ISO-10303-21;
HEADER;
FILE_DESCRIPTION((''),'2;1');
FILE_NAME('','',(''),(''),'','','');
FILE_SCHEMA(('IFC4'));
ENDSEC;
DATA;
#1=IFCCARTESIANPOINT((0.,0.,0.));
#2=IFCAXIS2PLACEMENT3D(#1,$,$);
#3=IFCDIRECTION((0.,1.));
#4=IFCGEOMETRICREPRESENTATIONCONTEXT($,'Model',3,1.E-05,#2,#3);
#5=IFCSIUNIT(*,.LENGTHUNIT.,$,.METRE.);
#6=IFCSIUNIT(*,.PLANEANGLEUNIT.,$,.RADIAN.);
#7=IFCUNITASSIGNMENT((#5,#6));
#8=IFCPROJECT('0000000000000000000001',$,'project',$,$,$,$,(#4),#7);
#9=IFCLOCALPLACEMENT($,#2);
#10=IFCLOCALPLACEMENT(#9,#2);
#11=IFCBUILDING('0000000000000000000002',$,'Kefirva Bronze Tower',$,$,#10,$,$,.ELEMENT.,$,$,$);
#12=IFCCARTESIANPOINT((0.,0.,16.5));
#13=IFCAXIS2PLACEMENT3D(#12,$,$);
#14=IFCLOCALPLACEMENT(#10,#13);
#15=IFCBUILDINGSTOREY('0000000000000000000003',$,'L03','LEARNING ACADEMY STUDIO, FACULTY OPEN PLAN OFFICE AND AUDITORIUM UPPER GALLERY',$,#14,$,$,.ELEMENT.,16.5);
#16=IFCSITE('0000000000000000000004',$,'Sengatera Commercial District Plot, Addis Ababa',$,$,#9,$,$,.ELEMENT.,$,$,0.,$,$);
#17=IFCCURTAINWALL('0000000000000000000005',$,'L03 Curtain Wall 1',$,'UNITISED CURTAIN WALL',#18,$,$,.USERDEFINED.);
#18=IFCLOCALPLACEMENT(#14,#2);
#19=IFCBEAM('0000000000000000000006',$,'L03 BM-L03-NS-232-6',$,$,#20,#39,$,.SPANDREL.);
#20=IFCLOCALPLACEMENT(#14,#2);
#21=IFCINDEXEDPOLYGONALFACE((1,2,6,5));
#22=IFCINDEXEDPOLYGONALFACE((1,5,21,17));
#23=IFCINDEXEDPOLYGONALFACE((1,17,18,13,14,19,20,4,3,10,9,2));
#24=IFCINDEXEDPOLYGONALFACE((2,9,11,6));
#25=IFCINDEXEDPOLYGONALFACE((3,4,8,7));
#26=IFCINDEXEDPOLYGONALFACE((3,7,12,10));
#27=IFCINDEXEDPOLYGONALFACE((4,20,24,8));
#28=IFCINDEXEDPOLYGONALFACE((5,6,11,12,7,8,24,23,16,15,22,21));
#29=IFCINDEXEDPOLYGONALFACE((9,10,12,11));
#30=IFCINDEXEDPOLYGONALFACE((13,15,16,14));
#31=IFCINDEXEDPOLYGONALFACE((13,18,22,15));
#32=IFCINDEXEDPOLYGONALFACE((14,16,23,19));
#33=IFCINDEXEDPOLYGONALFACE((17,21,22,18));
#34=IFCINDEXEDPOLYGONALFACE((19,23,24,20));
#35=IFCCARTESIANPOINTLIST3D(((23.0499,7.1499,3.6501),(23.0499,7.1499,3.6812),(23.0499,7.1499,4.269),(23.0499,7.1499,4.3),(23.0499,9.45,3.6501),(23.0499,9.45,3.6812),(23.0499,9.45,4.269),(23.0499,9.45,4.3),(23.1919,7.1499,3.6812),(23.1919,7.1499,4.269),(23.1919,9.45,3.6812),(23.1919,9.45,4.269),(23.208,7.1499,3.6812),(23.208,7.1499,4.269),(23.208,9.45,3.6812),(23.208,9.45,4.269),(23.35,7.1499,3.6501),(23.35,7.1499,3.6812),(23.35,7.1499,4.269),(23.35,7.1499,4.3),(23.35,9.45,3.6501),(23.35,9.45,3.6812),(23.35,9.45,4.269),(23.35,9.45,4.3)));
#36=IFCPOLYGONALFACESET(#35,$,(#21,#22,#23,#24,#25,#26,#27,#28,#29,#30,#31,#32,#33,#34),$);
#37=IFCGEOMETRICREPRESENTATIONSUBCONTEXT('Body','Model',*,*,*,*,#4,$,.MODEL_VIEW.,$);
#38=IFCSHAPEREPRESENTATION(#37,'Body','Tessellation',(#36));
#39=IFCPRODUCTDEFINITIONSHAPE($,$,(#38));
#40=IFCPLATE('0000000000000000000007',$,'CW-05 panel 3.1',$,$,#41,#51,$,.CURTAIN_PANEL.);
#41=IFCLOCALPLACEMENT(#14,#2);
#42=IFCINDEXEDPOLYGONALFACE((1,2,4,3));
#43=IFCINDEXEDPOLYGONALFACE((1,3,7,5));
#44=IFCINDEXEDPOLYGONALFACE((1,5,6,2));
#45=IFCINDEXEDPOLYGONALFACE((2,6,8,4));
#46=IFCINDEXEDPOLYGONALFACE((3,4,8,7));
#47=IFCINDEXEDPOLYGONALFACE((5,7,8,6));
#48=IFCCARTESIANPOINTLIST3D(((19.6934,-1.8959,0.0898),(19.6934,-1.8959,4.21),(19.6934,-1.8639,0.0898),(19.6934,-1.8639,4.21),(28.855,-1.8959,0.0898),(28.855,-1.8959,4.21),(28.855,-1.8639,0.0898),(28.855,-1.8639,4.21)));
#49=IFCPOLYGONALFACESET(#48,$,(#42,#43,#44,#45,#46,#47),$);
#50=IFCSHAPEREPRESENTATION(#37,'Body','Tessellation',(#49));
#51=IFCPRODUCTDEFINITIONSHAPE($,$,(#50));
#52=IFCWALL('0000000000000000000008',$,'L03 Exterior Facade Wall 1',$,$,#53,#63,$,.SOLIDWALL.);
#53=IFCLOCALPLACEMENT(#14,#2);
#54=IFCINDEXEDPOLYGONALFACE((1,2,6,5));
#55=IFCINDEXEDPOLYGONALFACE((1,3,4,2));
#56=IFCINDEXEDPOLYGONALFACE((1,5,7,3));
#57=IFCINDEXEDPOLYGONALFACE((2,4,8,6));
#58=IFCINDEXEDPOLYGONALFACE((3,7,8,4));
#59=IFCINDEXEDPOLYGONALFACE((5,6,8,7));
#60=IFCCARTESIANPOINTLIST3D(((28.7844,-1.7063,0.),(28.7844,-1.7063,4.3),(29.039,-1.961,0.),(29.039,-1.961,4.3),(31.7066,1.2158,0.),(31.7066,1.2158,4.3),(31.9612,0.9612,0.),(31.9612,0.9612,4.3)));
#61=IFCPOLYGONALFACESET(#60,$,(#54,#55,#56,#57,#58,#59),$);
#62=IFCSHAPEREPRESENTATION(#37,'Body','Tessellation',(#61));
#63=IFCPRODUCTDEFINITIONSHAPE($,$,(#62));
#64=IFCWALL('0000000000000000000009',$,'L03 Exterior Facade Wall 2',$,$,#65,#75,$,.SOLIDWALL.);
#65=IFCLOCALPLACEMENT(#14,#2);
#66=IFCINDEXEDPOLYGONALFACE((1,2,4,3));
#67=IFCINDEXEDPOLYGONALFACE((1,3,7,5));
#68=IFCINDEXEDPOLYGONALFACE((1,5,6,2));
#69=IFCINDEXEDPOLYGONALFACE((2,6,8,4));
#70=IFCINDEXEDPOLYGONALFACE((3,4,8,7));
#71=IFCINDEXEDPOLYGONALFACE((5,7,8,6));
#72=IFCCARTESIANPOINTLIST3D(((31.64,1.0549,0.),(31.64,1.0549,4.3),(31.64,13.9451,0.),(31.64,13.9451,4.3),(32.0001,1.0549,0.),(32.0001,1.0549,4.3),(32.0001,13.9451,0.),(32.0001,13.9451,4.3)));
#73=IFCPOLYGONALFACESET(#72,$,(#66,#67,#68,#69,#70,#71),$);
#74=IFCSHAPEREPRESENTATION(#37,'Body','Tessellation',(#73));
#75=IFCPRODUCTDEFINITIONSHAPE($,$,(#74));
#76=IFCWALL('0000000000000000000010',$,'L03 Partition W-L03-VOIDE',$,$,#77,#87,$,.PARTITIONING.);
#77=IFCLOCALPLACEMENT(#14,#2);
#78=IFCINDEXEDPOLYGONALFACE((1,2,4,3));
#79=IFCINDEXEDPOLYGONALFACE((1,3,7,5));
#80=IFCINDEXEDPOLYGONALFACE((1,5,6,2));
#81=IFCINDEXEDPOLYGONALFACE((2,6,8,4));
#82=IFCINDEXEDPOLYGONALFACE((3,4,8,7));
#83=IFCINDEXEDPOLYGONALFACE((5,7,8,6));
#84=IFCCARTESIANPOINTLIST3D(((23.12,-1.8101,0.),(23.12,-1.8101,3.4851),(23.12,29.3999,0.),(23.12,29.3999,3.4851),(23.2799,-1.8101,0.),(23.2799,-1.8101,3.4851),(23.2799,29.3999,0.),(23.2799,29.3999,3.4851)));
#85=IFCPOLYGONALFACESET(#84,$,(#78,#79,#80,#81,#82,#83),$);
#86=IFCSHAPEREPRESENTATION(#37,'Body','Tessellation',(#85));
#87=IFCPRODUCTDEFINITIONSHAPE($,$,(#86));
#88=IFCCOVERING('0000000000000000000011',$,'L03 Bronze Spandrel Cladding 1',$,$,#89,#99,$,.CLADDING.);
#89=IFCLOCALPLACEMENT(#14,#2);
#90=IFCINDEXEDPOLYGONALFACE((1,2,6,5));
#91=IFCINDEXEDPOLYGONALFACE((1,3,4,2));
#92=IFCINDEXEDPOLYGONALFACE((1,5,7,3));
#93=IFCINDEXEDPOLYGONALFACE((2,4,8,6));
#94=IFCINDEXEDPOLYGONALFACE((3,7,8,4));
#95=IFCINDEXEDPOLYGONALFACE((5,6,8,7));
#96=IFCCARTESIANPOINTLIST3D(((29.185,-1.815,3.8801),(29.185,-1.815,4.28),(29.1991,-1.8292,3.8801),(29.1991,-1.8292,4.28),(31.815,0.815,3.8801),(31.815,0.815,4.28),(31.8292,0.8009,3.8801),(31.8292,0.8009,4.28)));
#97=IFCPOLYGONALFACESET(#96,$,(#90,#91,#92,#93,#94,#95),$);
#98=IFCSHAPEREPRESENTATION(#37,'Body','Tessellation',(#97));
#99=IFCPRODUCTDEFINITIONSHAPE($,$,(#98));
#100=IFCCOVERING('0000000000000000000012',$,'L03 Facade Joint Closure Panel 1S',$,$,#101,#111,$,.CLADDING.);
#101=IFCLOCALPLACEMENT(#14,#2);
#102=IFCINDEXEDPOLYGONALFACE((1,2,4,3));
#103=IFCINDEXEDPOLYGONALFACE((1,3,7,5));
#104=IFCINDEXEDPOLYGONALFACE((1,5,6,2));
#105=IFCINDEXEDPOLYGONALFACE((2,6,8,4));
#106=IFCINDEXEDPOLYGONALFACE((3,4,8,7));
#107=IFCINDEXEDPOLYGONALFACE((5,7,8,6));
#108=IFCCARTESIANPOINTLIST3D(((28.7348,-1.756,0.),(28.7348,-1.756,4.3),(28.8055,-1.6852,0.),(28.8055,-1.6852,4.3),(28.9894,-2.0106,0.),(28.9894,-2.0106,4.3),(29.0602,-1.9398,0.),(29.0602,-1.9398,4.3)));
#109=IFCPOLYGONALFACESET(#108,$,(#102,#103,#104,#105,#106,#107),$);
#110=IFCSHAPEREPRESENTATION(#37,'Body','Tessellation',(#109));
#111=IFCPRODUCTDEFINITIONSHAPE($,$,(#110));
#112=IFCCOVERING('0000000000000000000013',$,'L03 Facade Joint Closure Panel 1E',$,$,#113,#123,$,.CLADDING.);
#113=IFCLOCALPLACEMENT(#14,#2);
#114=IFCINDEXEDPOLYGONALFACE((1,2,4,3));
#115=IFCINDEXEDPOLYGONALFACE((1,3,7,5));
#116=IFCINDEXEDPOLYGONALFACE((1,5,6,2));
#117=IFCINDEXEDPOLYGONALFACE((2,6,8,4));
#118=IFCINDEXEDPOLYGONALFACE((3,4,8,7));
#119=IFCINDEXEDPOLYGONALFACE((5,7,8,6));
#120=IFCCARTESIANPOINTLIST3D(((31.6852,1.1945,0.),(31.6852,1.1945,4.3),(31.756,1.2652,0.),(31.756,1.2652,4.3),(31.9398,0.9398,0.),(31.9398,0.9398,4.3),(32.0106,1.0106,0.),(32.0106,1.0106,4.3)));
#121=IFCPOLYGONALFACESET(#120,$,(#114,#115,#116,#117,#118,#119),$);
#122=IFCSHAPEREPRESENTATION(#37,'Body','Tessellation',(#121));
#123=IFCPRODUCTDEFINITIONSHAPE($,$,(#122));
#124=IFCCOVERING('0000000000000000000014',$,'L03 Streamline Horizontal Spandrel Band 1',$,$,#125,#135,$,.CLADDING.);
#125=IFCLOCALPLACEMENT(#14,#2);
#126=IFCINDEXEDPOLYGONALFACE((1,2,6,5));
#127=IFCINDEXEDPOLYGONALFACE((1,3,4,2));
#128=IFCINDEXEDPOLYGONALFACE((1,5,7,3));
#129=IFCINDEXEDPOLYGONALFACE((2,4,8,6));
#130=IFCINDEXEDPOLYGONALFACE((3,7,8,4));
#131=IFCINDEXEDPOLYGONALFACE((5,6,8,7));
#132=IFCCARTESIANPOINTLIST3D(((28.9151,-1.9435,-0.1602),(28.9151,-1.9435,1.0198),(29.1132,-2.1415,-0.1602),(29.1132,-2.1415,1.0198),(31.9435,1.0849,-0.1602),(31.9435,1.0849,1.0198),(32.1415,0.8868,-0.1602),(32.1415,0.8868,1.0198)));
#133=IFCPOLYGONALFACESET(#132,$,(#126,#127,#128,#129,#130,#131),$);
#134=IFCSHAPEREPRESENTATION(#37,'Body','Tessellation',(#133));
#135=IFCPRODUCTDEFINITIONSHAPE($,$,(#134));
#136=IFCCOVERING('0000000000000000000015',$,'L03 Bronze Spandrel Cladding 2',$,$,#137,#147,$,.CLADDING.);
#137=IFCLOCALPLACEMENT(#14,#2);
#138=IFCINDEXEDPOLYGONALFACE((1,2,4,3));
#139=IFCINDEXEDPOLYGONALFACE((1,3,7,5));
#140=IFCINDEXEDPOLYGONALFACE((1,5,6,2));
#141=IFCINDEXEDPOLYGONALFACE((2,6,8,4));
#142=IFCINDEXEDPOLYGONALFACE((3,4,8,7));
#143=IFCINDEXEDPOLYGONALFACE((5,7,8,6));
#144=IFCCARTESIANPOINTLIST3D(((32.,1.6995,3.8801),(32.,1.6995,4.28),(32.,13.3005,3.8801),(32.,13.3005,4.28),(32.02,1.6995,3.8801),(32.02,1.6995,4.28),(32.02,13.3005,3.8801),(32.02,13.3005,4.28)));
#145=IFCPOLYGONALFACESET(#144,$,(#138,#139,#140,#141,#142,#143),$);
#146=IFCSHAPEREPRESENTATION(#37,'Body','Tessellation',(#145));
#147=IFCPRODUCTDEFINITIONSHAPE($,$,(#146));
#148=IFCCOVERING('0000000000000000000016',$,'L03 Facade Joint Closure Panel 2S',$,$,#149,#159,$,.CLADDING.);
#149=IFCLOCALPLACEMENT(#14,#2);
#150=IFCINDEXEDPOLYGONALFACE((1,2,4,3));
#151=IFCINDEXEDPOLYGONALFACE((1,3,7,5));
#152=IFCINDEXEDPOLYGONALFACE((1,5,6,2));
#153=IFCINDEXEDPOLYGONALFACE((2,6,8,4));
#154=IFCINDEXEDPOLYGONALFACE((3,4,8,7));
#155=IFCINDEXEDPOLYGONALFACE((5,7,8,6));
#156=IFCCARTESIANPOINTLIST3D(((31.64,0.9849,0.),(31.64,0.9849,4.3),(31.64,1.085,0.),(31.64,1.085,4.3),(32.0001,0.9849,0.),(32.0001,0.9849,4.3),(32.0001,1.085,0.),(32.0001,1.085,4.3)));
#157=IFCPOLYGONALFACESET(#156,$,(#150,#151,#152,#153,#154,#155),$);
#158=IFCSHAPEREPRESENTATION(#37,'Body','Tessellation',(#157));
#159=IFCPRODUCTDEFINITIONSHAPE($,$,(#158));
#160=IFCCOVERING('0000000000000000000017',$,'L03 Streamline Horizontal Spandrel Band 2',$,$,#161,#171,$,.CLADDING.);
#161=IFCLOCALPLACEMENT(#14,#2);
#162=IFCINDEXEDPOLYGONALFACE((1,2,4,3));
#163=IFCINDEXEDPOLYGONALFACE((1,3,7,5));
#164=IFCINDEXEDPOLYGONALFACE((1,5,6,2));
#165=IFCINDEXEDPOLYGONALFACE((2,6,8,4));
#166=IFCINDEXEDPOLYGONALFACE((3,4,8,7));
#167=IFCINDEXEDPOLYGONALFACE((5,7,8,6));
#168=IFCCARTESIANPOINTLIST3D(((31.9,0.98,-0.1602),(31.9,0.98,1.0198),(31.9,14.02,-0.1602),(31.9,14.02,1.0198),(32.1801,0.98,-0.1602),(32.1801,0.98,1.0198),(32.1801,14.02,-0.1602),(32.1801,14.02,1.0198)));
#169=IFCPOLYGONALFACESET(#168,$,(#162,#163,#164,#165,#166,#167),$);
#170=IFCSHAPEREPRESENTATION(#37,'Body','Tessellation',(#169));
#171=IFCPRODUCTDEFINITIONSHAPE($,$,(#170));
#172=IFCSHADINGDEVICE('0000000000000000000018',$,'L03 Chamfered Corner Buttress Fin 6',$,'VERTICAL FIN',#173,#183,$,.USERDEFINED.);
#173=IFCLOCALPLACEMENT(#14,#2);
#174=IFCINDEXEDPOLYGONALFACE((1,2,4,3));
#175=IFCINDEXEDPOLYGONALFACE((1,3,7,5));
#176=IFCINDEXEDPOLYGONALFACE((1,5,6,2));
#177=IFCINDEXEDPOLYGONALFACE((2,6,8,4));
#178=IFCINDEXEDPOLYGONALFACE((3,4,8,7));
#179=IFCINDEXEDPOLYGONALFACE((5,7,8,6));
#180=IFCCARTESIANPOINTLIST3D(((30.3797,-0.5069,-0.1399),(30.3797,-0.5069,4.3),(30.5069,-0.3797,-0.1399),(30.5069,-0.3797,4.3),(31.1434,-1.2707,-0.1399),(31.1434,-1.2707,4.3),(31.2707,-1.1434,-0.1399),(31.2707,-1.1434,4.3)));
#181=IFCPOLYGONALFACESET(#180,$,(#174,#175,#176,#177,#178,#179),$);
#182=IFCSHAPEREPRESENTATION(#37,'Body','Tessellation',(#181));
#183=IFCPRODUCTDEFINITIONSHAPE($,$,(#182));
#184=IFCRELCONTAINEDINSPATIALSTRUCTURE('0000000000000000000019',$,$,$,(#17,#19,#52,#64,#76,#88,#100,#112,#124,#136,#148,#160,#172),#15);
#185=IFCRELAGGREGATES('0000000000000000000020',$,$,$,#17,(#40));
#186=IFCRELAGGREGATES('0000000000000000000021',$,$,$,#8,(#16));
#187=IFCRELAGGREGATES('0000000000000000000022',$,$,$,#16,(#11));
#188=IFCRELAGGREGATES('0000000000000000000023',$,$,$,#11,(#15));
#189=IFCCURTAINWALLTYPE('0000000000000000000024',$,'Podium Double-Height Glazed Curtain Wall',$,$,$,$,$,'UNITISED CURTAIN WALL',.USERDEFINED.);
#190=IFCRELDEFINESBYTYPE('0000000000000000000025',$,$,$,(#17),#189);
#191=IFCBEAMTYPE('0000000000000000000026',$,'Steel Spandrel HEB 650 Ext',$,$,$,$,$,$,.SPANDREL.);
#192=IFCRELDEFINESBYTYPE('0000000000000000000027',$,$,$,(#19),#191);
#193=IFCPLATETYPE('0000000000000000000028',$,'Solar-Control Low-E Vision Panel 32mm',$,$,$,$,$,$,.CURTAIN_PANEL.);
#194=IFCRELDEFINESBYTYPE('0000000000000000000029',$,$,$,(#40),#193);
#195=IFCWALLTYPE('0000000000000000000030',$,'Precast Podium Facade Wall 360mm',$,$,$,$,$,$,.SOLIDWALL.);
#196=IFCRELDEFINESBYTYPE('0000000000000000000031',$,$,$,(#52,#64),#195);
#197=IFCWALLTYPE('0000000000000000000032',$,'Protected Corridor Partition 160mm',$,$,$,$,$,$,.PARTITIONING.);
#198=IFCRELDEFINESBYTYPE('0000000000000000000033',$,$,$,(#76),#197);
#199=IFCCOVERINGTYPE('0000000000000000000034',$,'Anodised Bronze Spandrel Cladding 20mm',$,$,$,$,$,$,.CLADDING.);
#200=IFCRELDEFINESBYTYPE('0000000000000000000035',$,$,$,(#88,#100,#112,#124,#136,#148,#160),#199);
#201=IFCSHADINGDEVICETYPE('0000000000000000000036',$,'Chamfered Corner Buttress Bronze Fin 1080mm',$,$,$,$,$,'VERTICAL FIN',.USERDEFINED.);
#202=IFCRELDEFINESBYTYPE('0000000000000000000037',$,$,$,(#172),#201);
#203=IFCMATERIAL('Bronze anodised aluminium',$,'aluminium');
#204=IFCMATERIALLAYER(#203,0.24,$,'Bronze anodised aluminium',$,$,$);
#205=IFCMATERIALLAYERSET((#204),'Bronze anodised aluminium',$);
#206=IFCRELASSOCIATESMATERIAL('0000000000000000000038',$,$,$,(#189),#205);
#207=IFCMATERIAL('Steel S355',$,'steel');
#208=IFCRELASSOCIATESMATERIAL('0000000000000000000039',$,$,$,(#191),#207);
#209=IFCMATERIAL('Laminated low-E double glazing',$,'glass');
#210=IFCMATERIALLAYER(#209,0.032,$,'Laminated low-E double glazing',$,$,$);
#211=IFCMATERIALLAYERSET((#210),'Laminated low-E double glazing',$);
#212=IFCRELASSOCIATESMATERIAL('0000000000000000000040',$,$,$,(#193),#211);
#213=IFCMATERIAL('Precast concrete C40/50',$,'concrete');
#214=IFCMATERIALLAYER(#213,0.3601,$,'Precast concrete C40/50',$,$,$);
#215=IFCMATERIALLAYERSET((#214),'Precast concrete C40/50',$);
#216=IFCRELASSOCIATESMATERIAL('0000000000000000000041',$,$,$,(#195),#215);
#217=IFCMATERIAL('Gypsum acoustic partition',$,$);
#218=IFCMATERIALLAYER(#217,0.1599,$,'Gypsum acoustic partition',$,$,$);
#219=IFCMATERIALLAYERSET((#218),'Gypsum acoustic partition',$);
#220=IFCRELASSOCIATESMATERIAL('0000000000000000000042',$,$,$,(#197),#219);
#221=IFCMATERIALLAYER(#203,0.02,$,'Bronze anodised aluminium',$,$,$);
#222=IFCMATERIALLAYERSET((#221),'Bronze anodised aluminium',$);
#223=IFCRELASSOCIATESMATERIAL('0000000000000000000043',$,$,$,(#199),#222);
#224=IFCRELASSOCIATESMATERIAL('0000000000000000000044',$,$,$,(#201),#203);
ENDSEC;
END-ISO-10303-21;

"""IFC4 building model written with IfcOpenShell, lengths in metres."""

from ifc_helpers import new_model, si_unit, direction, frame, frame_2d, origin, origin_2d, place, context, subcontext, project, spatial, rectangle, i_section, extrude, material, layer, layer_set, material_profile, profile_set, type_object, element, aggregate, save


model = new_model("IFC4")

# Units and contexts
model_context = context("Model", 3, precision=1e-05, world=origin(), true_north=direction((0.0, 1.0)))
body_context = subcontext(model_context, "Body", "Model", "MODEL_VIEW")
ifc_project = project(units=[si_unit("LENGTHUNIT", "METRE"), si_unit("PLANEANGLEUNIT", "RADIAN")], contexts=[model_context])

# Site, building, storey
site_placement = place(None, origin())
site = spatial("IfcSite", under=ifc_project, at=site_placement, Name="Sengatera Commercial District Plot, Addis Ababa", CompositionType="ELEMENT", RefElevation=0.0)
building_placement = place(site_placement, origin())
building = spatial("IfcBuilding", under=site, at=building_placement, Name="Kefirva Bronze Tower", CompositionType="ELEMENT")
storey_placement = place(building_placement, frame((0.0, 0.0, 16.5)))
storey = spatial("IfcBuildingStorey", under=building, at=storey_placement, Name="L03", Description="LEARNING ACADEMY STUDIO, FACULTY OPEN PLAN OFFICE AND AUDITORIUM UPPER GALLERY", CompositionType="ELEMENT", Elevation=16.5)

# Curtain wall
ifc_material_1 = material(Name="Bronze anodised aluminium", Category="aluminium")
ifc_layer_1 = layer(ifc_material_1, 0.24, Name="Bronze anodised aluminium")
ifc_layer_set_1 = layer_set([ifc_layer_1], Name="Bronze anodised aluminium")
curtain_wall_type = type_object("IfcCurtainWallType", Name="Podium Double-Height Glazed Curtain Wall", ElementType="UNITISED CURTAIN WALL", PredefinedType="USERDEFINED", material=ifc_layer_set_1)
curtain_wall_placement = place(storey_placement, origin())
curtain_wall = element("IfcCurtainWall", 1, at=curtain_wall_placement, inside=storey, type_object=curtain_wall_type, Name="L03 Curtain Wall 1", ObjectType="UNITISED CURTAIN WALL", PredefinedType="USERDEFINED")

# Beam
ifc_material_2 = material(Name="Steel S355", Category="steel")
ifc_material_profile_1 = material_profile(ifc_material_2, i_section(OverallWidth=0.3, OverallDepth=0.6499, WebThickness=0.0161, FlangeThickness=0.031, at=origin_2d()), Name="HEB 650")
ifc_profile_set_1 = profile_set([ifc_material_profile_1], Name="Steel S355")
beam_type_1 = type_object("IfcBeamType", Name="Steel Spandrel HEB 650 Ext", PredefinedType="SPANDREL", material=ifc_profile_set_1)
beam_1_placement = place(storey_placement, frame((23.2, 7.1499, 3.9751), z_axis=(0.0, 1.0, 0.0), x_axis=(-1.0, 0.0, 0.0)))
element("IfcBeam", 2, at=beam_1_placement, inside=storey, type_object=beam_type_1, Name="L03 BM-L03-NS-232-6", PredefinedType="SPANDREL", context=body_context, shape_type="SweptSolid", body=[
    extrude(i_section(OverallWidth=0.3, OverallDepth=0.6499, WebThickness=0.0161, FlangeThickness=0.031, at=origin_2d()), origin(), (0.0, 0.0, 1.0), 2.3),
])

# Plate
ifc_material_3 = material(Name="Laminated low-E double glazing", Category="glass")
ifc_layer_2 = layer(ifc_material_3, 0.032, Name="Laminated low-E double glazing")
ifc_layer_set_2 = layer_set([ifc_layer_2], Name="Laminated low-E double glazing")
plate_type = type_object("IfcPlateType", Name="Solar-Control Low-E Vision Panel 32mm", PredefinedType="CURTAIN_PANEL", material=ifc_layer_set_2)
plate_placement = place(storey_placement, frame((24.2742, -1.8799, 0.0898), z_axis=(0.0, 0.0, 1.0), x_axis=(1.0, 0.0, 0.0)))
plate = element("IfcPlate", 3, at=plate_placement, type_object=plate_type, Name="CW-05 panel 3.1", PredefinedType="CURTAIN_PANEL", context=body_context, shape_type="SweptSolid", body=[
    extrude(rectangle(XDim=9.1616, YDim=0.032, at=origin_2d()), origin(), (0.0, 0.0, 1.0), 4.1201),
])
aggregate(curtain_wall, [plate])

# Walls
ifc_material_4 = material(Name="Precast concrete C40/50", Category="concrete")
ifc_layer_3 = layer(ifc_material_4, 0.3601, Name="Precast concrete C40/50")
ifc_layer_set_3 = layer_set([ifc_layer_3], Name="Precast concrete C40/50")
wall_type_1 = type_object("IfcWallType", Name="Precast Podium Facade Wall 360mm", PredefinedType="SOLIDWALL", material=ifc_layer_set_3)
wall_1_placement = place(storey_placement, frame((28.9116, -1.8337, 0.0), z_axis=(0.0, 0.0, 1.0), x_axis=(0.707107, 0.707107, 0.0)))
element("IfcWall", 4, at=wall_1_placement, inside=storey, type_object=wall_type_1, Name="L03 Exterior Facade Wall 1", PredefinedType="SOLIDWALL", context=body_context, shape_type="SweptSolid", body=[
    extrude(rectangle(XDim=4.1326, YDim=0.3601, at=frame_2d((2.0664, 0.0))), origin(), (0.0, 0.0, 1.0), 4.3),
])
wall_2_placement = place(storey_placement, frame((31.8201, 1.0549, 0.0), z_axis=(0.0, 0.0, 1.0), x_axis=(0.0, 1.0, 0.0)))
element("IfcWall", 5, at=wall_2_placement, inside=storey, type_object=wall_type_1, Name="L03 Exterior Facade Wall 2", PredefinedType="SOLIDWALL", context=body_context, shape_type="SweptSolid", body=[
    extrude(rectangle(XDim=12.8901, YDim=0.3601, at=frame_2d((6.4451, 0.0))), origin(), (0.0, 0.0, 1.0), 4.3),
])
ifc_material_5 = material(Name="Gypsum acoustic partition")
ifc_layer_4 = layer(ifc_material_5, 0.1599, Name="Gypsum acoustic partition")
ifc_layer_set_4 = layer_set([ifc_layer_4], Name="Gypsum acoustic partition")
wall_type_2 = type_object("IfcWallType", Name="Protected Corridor Partition 160mm", PredefinedType="PARTITIONING", material=ifc_layer_set_4)
wall_3_placement = place(storey_placement, frame((23.2, -1.8101, 0.0), z_axis=(0.0, 0.0, 1.0), x_axis=(0.0, 1.0, 0.0)))
element("IfcWall", 6, at=wall_3_placement, inside=storey, type_object=wall_type_2, Name="L03 Partition W-L03-VOIDE", PredefinedType="PARTITIONING", context=body_context, shape_type="SweptSolid", body=[
    extrude(rectangle(XDim=31.21, YDim=0.1599, at=frame_2d((15.605, 0.0))), origin(), (0.0, 0.0, 1.0), 3.4851),
])

# Coverings
ifc_layer_5 = layer(ifc_material_1, 0.02, Name="Bronze anodised aluminium")
ifc_layer_set_5 = layer_set([ifc_layer_5], Name="Bronze anodised aluminium")
covering_type_1 = type_object("IfcCoveringType", Name="Anodised Bronze Spandrel Cladding 20mm", PredefinedType="CLADDING", material=ifc_layer_set_5)
covering_1_placement = place(storey_placement, frame((30.5071, -0.5071, 3.8801), z_axis=(0.0, 0.0, 1.0), x_axis=(0.707107, 0.707107, 0.0)))
element("IfcCovering", 7, at=covering_1_placement, inside=storey, type_object=covering_type_1, Name="L03 Bronze Spandrel Cladding 1", PredefinedType="CLADDING", context=body_context, shape_type="SweptSolid", body=[
    extrude(rectangle(XDim=3.7195, YDim=0.02, at=origin_2d()), origin(), (0.0, 0.0, 1.0), 0.3999),
])
for number, where, z_axis, x_axis, name in (
    (8, (28.8975, -1.8479, 0.0), (0.0, 0.0, 1.0), (0.707107, 0.707107, 0.0), "L03 Facade Joint Closure Panel 1S"),
    (9, (31.8479, 1.1025, 0.0), (0.0, 0.0, 1.0), (0.707107, 0.707107, 0.0), "L03 Facade Joint Closure Panel 1E"),
):
    element("IfcCovering", number, at=place(storey_placement, frame(where, z_axis=z_axis, x_axis=x_axis)), inside=storey, type_object=covering_type_1, Name=name, PredefinedType="CLADDING", context=body_context, shape_type="SweptSolid", body=[
        extrude(rectangle(XDim=0.1001, YDim=0.3601, at=origin_2d()), origin(), (0.0, 0.0, 1.0), 4.3),
    ])
covering_2_placement = place(storey_placement, frame((30.5283, -0.5283, -0.1602), z_axis=(0.0, 0.0, 1.0), x_axis=(0.707107, 0.707107, 0.0)))
element("IfcCovering", 10, at=covering_2_placement, inside=storey, type_object=covering_type_1, Name="L03 Streamline Horizontal Spandrel Band 1", PredefinedType="CLADDING", context=body_context, shape_type="SweptSolid", body=[
    extrude(rectangle(XDim=4.2827, YDim=0.28, at=origin_2d()), origin(), (0.0, 0.0, 1.0), 1.1799),
])
covering_3_placement = place(storey_placement, frame((32.01, 7.5, 3.8801), z_axis=(0.0, 0.0, 1.0), x_axis=(0.0, 1.0, 0.0)))
element("IfcCovering", 11, at=covering_3_placement, inside=storey, type_object=covering_type_1, Name="L03 Bronze Spandrel Cladding 2", PredefinedType="CLADDING", context=body_context, shape_type="SweptSolid", body=[
    extrude(rectangle(XDim=11.6011, YDim=0.02, at=origin_2d()), origin(), (0.0, 0.0, 1.0), 0.3999),
])
covering_4_placement = place(storey_placement, frame((31.8201, 1.0349, 0.0), z_axis=(0.0, 0.0, 1.0), x_axis=(0.0, 1.0, 0.0)))
element("IfcCovering", 12, at=covering_4_placement, inside=storey, type_object=covering_type_1, Name="L03 Facade Joint Closure Panel 2S", PredefinedType="CLADDING", context=body_context, shape_type="SweptSolid", body=[
    extrude(rectangle(XDim=0.1001, YDim=0.3601, at=origin_2d()), origin(), (0.0, 0.0, 1.0), 4.3),
])
covering_5_placement = place(storey_placement, frame((32.04, 7.5, -0.1602), z_axis=(0.0, 0.0, 1.0), x_axis=(0.0, 1.0, 0.0)))
element("IfcCovering", 13, at=covering_5_placement, inside=storey, type_object=covering_type_1, Name="L03 Streamline Horizontal Spandrel Band 2", PredefinedType="CLADDING", context=body_context, shape_type="SweptSolid", body=[
    extrude(rectangle(XDim=13.04, YDim=0.28, at=origin_2d()), origin(), (0.0, 0.0, 1.0), 1.1799),
])

# Shading device
ifc_material_profile_2 = material_profile(ifc_material_1, rectangle(XDim=0.1799, YDim=1.0801, at=origin_2d()), Name="BRONZE BUTTRESS FIN 180x1080")
ifc_profile_set_2 = profile_set([ifc_material_profile_2], Name="Bronze anodised aluminium")
shading_device_type_1 = type_object("IfcShadingDeviceType", Name="Chamfered Corner Buttress Bronze Fin 1080mm", ElementType="VERTICAL FIN", PredefinedType="USERDEFINED", material=ifc_profile_set_2)
shading_device_1_placement = place(storey_placement, frame((30.8252, -0.8252, -0.1399), z_axis=(0.0, 0.0, 1.0), x_axis=(0.707107, 0.707107, 0.0)))
element("IfcShadingDevice", 14, at=shading_device_1_placement, inside=storey, type_object=shading_device_type_1, Name="L03 Chamfered Corner Buttress Fin 6", ObjectType="VERTICAL FIN", PredefinedType="USERDEFINED", context=body_context, shape_type="SweptSolid", body=[
    extrude(rectangle(XDim=0.1799, YDim=1.0801, at=origin_2d()), origin(), (0.0, 0.0, 1.0), 4.4399),
])

save(model, "model.ifc")
